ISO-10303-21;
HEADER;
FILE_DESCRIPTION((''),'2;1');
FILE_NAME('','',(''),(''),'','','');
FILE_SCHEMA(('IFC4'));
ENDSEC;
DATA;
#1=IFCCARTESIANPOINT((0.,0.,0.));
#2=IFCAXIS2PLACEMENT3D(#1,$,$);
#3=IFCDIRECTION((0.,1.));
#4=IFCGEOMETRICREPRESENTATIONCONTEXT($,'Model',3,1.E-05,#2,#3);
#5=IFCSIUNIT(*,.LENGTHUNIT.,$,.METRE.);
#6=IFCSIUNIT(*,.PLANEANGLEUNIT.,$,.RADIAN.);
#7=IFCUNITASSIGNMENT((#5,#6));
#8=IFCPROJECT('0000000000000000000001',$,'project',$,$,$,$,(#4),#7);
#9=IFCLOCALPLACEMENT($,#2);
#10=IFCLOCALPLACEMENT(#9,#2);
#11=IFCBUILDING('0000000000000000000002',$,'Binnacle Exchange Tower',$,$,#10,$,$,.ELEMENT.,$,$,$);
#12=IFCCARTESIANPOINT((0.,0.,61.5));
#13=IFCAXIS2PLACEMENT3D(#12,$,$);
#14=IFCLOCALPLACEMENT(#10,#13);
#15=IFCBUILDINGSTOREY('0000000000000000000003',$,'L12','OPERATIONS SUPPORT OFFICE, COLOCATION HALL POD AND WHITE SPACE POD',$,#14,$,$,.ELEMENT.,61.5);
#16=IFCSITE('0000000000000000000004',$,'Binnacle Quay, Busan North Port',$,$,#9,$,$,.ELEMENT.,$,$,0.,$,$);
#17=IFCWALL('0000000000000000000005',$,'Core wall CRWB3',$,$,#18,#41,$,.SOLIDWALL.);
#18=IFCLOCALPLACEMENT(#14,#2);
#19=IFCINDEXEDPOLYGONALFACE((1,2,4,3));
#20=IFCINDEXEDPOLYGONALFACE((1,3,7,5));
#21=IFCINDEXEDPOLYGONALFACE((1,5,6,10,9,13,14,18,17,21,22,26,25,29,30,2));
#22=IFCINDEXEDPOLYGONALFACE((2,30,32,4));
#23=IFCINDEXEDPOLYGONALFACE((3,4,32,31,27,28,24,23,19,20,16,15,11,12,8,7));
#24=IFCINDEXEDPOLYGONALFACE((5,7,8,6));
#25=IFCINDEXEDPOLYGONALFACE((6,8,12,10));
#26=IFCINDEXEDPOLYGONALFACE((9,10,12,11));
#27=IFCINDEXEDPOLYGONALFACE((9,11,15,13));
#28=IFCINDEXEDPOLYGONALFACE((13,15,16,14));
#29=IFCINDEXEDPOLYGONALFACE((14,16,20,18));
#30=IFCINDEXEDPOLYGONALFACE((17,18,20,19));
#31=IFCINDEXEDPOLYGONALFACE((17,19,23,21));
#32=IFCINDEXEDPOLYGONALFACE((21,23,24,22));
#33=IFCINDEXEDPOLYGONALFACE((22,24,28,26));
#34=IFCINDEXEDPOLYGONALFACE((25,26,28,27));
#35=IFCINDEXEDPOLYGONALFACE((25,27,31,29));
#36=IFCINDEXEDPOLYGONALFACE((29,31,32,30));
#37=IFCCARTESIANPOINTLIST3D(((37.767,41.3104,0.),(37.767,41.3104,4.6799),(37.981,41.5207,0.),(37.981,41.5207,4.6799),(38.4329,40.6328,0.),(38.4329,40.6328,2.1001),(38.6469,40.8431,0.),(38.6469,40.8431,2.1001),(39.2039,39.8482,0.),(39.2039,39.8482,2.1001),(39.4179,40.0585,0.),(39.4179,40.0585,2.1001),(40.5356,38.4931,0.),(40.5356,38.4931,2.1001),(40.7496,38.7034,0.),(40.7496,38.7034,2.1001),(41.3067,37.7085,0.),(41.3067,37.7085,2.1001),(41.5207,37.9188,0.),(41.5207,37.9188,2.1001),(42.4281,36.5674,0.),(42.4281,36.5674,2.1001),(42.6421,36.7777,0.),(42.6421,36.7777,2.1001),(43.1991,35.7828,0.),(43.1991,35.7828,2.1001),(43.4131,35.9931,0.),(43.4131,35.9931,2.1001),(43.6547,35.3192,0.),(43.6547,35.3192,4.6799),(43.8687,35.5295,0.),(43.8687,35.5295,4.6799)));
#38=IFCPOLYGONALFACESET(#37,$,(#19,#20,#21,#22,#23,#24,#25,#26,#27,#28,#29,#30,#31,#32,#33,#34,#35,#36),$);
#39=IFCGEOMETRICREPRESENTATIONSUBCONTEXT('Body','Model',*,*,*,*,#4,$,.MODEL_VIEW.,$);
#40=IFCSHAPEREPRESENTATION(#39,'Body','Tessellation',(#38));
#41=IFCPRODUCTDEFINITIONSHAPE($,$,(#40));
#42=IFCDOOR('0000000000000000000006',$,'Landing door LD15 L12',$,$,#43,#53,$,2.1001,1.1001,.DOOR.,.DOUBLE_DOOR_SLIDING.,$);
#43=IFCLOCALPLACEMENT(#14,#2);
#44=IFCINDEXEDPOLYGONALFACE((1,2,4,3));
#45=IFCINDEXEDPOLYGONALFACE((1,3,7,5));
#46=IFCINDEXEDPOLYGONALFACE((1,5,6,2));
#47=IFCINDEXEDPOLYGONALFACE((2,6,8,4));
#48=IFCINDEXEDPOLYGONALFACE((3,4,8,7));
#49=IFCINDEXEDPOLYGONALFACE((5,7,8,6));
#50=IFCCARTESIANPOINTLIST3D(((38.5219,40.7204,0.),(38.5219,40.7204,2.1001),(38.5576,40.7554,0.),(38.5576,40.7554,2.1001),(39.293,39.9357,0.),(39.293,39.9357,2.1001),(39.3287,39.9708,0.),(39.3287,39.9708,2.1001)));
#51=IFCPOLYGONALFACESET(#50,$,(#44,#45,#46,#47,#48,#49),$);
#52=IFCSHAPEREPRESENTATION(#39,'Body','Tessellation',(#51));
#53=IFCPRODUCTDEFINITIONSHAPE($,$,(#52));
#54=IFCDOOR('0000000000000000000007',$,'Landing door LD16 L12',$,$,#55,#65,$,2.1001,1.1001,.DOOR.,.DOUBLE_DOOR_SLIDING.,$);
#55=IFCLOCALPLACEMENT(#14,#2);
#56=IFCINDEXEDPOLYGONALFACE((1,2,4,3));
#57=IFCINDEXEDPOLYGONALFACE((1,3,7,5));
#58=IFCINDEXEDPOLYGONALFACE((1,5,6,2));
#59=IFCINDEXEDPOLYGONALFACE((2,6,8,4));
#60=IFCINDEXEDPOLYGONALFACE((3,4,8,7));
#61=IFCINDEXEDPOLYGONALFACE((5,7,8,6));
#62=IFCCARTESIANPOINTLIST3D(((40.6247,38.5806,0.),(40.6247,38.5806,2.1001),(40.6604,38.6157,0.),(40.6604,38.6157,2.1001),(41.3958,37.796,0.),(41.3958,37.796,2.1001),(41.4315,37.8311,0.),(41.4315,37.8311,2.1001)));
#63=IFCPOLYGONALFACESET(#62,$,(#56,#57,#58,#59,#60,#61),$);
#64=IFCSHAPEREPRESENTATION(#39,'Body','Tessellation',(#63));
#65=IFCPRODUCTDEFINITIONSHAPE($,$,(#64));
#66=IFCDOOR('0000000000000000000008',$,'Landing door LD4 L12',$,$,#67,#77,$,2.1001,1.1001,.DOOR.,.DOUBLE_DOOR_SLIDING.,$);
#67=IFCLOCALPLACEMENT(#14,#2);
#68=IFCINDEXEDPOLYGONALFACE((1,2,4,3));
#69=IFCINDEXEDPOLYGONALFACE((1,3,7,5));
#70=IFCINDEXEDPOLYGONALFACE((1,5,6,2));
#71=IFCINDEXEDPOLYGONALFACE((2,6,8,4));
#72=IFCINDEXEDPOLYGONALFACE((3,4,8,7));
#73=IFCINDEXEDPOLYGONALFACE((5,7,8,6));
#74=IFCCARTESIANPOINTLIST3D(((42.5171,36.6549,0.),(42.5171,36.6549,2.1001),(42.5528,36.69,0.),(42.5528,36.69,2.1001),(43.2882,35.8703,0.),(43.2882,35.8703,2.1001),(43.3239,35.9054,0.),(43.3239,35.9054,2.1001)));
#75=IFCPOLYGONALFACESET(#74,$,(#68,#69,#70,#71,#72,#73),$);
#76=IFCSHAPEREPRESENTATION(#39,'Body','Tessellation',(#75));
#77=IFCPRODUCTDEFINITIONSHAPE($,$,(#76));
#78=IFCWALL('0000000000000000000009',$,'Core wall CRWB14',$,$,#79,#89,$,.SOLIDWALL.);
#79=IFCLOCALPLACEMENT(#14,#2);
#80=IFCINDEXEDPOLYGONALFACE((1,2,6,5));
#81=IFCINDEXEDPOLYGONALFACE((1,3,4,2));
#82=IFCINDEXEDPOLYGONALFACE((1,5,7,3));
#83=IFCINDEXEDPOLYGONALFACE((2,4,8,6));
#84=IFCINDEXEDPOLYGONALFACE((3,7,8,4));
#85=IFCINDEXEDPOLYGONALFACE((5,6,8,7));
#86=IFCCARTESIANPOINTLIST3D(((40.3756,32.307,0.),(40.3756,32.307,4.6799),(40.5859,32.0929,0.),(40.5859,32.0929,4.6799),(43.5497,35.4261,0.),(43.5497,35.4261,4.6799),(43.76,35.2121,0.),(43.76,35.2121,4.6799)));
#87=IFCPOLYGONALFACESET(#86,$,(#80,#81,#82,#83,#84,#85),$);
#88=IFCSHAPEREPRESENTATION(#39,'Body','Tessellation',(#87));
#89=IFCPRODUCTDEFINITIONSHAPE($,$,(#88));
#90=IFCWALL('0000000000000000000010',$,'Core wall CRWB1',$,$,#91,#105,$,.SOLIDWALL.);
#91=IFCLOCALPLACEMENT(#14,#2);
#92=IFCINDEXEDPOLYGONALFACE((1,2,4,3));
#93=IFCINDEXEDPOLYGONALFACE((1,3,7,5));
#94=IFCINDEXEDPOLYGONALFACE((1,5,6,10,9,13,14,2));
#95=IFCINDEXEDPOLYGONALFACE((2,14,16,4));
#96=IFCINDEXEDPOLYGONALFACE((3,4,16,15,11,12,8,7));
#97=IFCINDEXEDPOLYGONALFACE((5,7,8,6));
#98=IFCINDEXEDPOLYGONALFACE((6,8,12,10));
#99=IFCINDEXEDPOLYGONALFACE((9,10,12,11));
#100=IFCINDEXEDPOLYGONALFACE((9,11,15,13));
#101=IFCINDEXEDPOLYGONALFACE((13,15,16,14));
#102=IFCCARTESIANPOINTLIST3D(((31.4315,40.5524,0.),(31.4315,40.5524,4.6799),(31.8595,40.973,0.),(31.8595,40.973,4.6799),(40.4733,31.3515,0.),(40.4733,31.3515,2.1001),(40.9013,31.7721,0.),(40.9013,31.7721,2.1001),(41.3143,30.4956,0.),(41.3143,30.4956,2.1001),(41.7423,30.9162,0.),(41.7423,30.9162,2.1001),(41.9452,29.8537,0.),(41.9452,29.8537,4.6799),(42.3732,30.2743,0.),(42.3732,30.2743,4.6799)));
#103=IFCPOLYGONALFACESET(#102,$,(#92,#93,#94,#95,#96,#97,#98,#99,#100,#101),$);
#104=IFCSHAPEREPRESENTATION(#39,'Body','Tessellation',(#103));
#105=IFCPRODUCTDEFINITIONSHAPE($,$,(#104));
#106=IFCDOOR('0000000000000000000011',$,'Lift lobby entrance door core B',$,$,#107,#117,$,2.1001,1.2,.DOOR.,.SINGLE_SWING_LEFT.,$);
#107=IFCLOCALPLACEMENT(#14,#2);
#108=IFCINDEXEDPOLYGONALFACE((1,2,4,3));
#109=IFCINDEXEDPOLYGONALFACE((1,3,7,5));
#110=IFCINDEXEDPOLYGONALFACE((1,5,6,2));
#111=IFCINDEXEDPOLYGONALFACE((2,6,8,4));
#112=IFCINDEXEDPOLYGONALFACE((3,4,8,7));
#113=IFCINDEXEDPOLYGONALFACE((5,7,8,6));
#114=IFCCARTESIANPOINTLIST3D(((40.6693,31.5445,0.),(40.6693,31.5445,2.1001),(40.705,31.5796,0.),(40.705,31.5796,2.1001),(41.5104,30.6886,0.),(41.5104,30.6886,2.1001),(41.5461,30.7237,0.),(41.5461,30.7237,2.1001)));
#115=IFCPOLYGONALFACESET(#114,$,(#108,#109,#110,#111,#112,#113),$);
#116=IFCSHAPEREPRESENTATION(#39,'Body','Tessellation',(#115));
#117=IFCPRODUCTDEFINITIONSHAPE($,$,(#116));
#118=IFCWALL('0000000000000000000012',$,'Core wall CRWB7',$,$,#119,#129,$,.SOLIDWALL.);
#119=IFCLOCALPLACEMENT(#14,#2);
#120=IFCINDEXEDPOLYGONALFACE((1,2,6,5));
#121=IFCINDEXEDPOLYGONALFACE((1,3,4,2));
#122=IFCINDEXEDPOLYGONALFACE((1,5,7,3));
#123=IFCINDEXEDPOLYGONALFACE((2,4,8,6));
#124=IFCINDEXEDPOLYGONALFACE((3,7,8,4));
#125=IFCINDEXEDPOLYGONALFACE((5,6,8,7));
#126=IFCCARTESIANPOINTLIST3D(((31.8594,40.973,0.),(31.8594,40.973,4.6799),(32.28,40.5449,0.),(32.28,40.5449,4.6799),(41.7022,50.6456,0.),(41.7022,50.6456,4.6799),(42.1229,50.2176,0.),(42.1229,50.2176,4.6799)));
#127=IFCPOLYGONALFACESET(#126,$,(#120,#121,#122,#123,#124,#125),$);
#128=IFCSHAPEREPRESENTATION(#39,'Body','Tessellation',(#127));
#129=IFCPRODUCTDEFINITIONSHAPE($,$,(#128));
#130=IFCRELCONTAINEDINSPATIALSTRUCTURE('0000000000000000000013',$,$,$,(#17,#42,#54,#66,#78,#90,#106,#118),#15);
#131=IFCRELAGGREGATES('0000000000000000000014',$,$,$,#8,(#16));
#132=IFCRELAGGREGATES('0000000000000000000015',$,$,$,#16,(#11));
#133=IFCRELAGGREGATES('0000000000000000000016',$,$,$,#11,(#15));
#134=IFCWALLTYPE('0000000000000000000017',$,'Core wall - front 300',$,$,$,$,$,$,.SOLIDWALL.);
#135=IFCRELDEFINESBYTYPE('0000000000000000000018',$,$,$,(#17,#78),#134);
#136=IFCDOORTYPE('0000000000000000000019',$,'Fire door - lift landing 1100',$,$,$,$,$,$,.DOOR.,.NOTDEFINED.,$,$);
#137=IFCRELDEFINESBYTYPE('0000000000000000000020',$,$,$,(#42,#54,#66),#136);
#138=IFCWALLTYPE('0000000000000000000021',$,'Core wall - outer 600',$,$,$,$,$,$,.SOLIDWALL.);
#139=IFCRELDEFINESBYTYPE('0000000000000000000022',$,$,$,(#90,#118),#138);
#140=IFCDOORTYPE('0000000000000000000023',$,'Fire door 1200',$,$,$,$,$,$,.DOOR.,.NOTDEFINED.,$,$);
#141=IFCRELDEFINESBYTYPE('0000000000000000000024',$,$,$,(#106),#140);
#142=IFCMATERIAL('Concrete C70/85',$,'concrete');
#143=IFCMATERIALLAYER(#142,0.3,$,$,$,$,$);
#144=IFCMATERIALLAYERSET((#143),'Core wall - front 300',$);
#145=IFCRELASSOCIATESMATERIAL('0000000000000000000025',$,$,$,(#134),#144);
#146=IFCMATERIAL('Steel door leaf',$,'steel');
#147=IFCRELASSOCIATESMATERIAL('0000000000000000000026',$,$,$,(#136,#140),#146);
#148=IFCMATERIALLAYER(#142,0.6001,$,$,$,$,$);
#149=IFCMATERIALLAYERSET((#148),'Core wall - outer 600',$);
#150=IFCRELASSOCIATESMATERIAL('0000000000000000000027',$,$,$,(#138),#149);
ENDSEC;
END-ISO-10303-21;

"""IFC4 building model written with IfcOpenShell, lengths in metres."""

from ifc_helpers import new_model, si_unit, direction, frame, frame_2d, origin, place, context, subcontext, project, spatial, rectangle, extrude, material, layer, layer_set, type_object, element, fill, save


model = new_model("IFC4")

# Units and contexts
model_context = context("Model", 3, precision=1e-05, world=origin(), true_north=direction((0.0, 1.0)))
body_context = subcontext(model_context, "Body", "Model", "MODEL_VIEW")
ifc_project = project(units=[si_unit("LENGTHUNIT", "METRE"), si_unit("PLANEANGLEUNIT", "RADIAN")], contexts=[model_context])

# Site, building, storey
site_placement = place(None, origin())
site = spatial("IfcSite", under=ifc_project, at=site_placement, Name="Binnacle Quay, Busan North Port", CompositionType="ELEMENT", RefElevation=0.0)
building_placement = place(site_placement, origin())
building = spatial("IfcBuilding", under=site, at=building_placement, Name="Binnacle Exchange Tower", CompositionType="ELEMENT")
storey_placement = place(building_placement, frame((0.0, 0.0, 61.5)))
storey = spatial("IfcBuildingStorey", under=building, at=storey_placement, Name="L12", Description="OPERATIONS SUPPORT OFFICE, COLOCATION HALL POD AND WHITE SPACE POD", CompositionType="ELEMENT", Elevation=61.5)

# Shared definitions
ifc_material_1 = material(Name="Concrete C70/85", Category="concrete")

# Wall, openings, doors
ifc_layer_1 = layer(ifc_material_1, 0.3)
ifc_layer_set_1 = layer_set([ifc_layer_1], Name="Core wall - front 300")
wall_type_1 = type_object("IfcWallType", Name="Core wall - front 300", PredefinedType="SOLIDWALL", material=ifc_layer_set_1)
wall_1_placement = place(storey_placement, frame((37.874, 41.4155, 0.0), z_axis=(0.0, 0.0, 1.0), x_axis=(0.700918, -0.713242, 0.0)))
wall_1 = element("IfcWall", 1, at=wall_1_placement, inside=storey, type_object=wall_type_1, Name="Core wall CRWB3", PredefinedType="SOLIDWALL", context=body_context, shape_type="SweptSolid", body=[
    extrude(rectangle(XDim=8.3999, YDim=0.3, at=frame_2d((4.2, 0.0))), origin(), (0.0, 0.0, 1.0), 4.6799),
])
opening_1_placement = place(wall_1_placement, frame((0.95, 0.0, 0.0)))
opening_1 = element("IfcOpeningElement", 2, at=opening_1_placement, cuts=wall_1, PredefinedType="OPENING", context=body_context, shape_type="SweptSolid", body=[
    extrude(rectangle(XDim=1.1001, YDim=2.1001, at=frame_2d((0.55, 1.05))), frame((0.0, 0.1599, 0.0), z_axis=(0.0, -1.0, 0.0), x_axis=(1.0, 0.0, 0.0)), (0.0, 0.0, 1.0), 0.3201),
])
opening_2_placement = place(wall_1_placement, frame((3.95, 0.0, 0.0)))
opening_2 = element("IfcOpeningElement", 3, at=opening_2_placement, cuts=wall_1, PredefinedType="OPENING", context=body_context, shape_type="SweptSolid", body=[
    extrude(rectangle(XDim=1.1001, YDim=2.1001, at=frame_2d((0.55, 1.05))), frame((0.0, 0.1599, 0.0), z_axis=(0.0, -1.0, 0.0), x_axis=(1.0, 0.0, 0.0)), (0.0, 0.0, 1.0), 0.3201),
])
opening_3_placement = place(wall_1_placement, frame((6.6499, 0.0, 0.0)))
opening_3 = element("IfcOpeningElement", 4, at=opening_3_placement, cuts=wall_1, PredefinedType="OPENING", context=body_context, shape_type="SweptSolid", body=[
    extrude(rectangle(XDim=1.1001, YDim=2.1001, at=frame_2d((0.55, 1.05))), frame((0.0, 0.1599, 0.0), z_axis=(0.0, -1.0, 0.0), x_axis=(1.0, 0.0, 0.0)), (0.0, 0.0, 1.0), 0.3201),
])
ifc_material_2 = material(Name="Steel door leaf", Category="steel")
door_type_1 = type_object("IfcDoorType", Name="Fire door - lift landing 1100", OperationType="NOTDEFINED", PredefinedType="DOOR", material=ifc_material_2)
door_1_placement = place(opening_1_placement, origin())
door_1 = element("IfcDoor", 5, at=door_1_placement, inside=storey, type_object=door_type_1, Name="Landing door LD15 L12", OperationType="DOUBLE_DOOR_SLIDING", OverallHeight=2.1001, OverallWidth=1.1001, PredefinedType="DOOR", context=body_context, shape_type="SweptSolid", body=[
    extrude(rectangle(XDim=1.1001, YDim=2.1001, at=frame_2d((0.55, 1.05))), frame((0.0, 0.0249, 0.0), z_axis=(0.0, -1.0, 0.0), x_axis=(1.0, 0.0, 0.0)), (0.0, 0.0, 1.0), 0.05),
])
fill(opening_1, door_1)
door_2_placement = place(opening_2_placement, origin())
door_2 = element("IfcDoor", 6, at=door_2_placement, inside=storey, type_object=door_type_1, Name="Landing door LD16 L12", OperationType="DOUBLE_DOOR_SLIDING", OverallHeight=2.1001, OverallWidth=1.1001, PredefinedType="DOOR", context=body_context, shape_type="SweptSolid", body=[
    extrude(rectangle(XDim=1.1001, YDim=2.1001, at=frame_2d((0.55, 1.05))), frame((0.0, 0.0249, 0.0), z_axis=(0.0, -1.0, 0.0), x_axis=(1.0, 0.0, 0.0)), (0.0, 0.0, 1.0), 0.05),
])
fill(opening_2, door_2)
door_3_placement = place(opening_3_placement, origin())
door_3 = element("IfcDoor", 7, at=door_3_placement, inside=storey, type_object=door_type_1, Name="Landing door LD4 L12", OperationType="DOUBLE_DOOR_SLIDING", OverallHeight=2.1001, OverallWidth=1.1001, PredefinedType="DOOR", context=body_context, shape_type="SweptSolid", body=[
    extrude(rectangle(XDim=1.1001, YDim=2.1001, at=frame_2d((0.55, 1.05))), frame((0.0, 0.0249, 0.0), z_axis=(0.0, -1.0, 0.0), x_axis=(1.0, 0.0, 0.0)), (0.0, 0.0, 1.0), 0.05),
])
fill(opening_3, door_3)

# Wall
wall_2_placement = place(storey_placement, frame((40.4807, 32.2, 0.0), z_axis=(0.0, 0.0, 1.0), x_axis=(0.713252, 0.700908, 0.0)))
element("IfcWall", 8, at=wall_2_placement, inside=storey, type_object=wall_type_1, Name="Core wall CRWB14", PredefinedType="SOLIDWALL", context=body_context, shape_type="SweptSolid", body=[
    extrude(rectangle(XDim=4.4502, YDim=0.3, at=frame_2d((2.2251, 0.0))), origin(), (0.0, 0.0, 1.0), 4.6799),
])

# Wall, opening, door
ifc_layer_2 = layer(ifc_material_1, 0.6001)
ifc_layer_set_2 = layer_set([ifc_layer_2], Name="Core wall - outer 600")
wall_type_2 = type_object("IfcWallType", Name="Core wall - outer 600", PredefinedType="SOLIDWALL", material=ifc_layer_set_2)
wall_3_placement = place(storey_placement, frame((31.6455, 40.7627, 0.0), z_axis=(0.0, 0.0, 1.0), x_axis=(0.700911, -0.713248, 0.0)))
wall_3 = element("IfcWall", 9, at=wall_3_placement, inside=storey, type_object=wall_type_2, Name="Core wall CRWB1", PredefinedType="SOLIDWALL", context=body_context, shape_type="SweptSolid", body=[
    extrude(rectangle(XDim=15.0, YDim=0.6001, at=frame_2d((7.5, 0.0))), origin(), (0.0, 0.0, 1.0), 4.6799),
])
opening_4_placement = place(wall_3_placement, frame((12.8999, 0.0, 0.0)))
opening_4 = element("IfcOpeningElement", 10, at=opening_4_placement, cuts=wall_3, PredefinedType="OPENING", context=body_context, shape_type="SweptSolid", body=[
    extrude(rectangle(XDim=1.2, YDim=2.1001, at=frame_2d((0.6001, 1.05))), frame((0.0, 0.3101, 0.0), z_axis=(0.0, -1.0, 0.0), x_axis=(1.0, 0.0, 0.0)), (0.0, 0.0, 1.0), 0.6201),
])
door_type_2 = type_object("IfcDoorType", Name="Fire door 1200", OperationType="NOTDEFINED", PredefinedType="DOOR", material=ifc_material_2)
door_4_placement = place(opening_4_placement, frame((1.2, 0.0, 0.0), z_axis=(0.0, 0.0, 1.0), x_axis=(-1.0, 0.0, 0.0)))
door_4 = element("IfcDoor", 11, at=door_4_placement, inside=storey, type_object=door_type_2, Name="Lift lobby entrance door core B", OperationType="SINGLE_SWING_LEFT", OverallHeight=2.1001, OverallWidth=1.2, PredefinedType="DOOR", context=body_context, shape_type="SweptSolid", body=[
    extrude(rectangle(XDim=1.2, YDim=2.1001, at=frame_2d((0.6001, 1.05))), frame((0.0, 0.0249, 0.0), z_axis=(0.0, -1.0, 0.0), x_axis=(1.0, 0.0, 0.0)), (0.0, 0.0, 1.0), 0.05),
])
fill(opening_4, door_4)

# Wall
wall_4_placement = place(storey_placement, frame((32.0698, 40.759, 0.0), z_axis=(0.0, 0.0, 1.0), x_axis=(0.713245, 0.700914, 0.0)))
element("IfcWall", 12, at=wall_4_placement, inside=storey, type_object=wall_type_2, Name="Core wall CRWB7", PredefinedType="SOLIDWALL", context=body_context, shape_type="SweptSolid", body=[
    extrude(rectangle(XDim=13.8, YDim=0.6001, at=frame_2d((6.8999, 0.0))), origin(), (0.0, 0.0, 1.0), 4.6799),
])

save(model, "model.ifc")
